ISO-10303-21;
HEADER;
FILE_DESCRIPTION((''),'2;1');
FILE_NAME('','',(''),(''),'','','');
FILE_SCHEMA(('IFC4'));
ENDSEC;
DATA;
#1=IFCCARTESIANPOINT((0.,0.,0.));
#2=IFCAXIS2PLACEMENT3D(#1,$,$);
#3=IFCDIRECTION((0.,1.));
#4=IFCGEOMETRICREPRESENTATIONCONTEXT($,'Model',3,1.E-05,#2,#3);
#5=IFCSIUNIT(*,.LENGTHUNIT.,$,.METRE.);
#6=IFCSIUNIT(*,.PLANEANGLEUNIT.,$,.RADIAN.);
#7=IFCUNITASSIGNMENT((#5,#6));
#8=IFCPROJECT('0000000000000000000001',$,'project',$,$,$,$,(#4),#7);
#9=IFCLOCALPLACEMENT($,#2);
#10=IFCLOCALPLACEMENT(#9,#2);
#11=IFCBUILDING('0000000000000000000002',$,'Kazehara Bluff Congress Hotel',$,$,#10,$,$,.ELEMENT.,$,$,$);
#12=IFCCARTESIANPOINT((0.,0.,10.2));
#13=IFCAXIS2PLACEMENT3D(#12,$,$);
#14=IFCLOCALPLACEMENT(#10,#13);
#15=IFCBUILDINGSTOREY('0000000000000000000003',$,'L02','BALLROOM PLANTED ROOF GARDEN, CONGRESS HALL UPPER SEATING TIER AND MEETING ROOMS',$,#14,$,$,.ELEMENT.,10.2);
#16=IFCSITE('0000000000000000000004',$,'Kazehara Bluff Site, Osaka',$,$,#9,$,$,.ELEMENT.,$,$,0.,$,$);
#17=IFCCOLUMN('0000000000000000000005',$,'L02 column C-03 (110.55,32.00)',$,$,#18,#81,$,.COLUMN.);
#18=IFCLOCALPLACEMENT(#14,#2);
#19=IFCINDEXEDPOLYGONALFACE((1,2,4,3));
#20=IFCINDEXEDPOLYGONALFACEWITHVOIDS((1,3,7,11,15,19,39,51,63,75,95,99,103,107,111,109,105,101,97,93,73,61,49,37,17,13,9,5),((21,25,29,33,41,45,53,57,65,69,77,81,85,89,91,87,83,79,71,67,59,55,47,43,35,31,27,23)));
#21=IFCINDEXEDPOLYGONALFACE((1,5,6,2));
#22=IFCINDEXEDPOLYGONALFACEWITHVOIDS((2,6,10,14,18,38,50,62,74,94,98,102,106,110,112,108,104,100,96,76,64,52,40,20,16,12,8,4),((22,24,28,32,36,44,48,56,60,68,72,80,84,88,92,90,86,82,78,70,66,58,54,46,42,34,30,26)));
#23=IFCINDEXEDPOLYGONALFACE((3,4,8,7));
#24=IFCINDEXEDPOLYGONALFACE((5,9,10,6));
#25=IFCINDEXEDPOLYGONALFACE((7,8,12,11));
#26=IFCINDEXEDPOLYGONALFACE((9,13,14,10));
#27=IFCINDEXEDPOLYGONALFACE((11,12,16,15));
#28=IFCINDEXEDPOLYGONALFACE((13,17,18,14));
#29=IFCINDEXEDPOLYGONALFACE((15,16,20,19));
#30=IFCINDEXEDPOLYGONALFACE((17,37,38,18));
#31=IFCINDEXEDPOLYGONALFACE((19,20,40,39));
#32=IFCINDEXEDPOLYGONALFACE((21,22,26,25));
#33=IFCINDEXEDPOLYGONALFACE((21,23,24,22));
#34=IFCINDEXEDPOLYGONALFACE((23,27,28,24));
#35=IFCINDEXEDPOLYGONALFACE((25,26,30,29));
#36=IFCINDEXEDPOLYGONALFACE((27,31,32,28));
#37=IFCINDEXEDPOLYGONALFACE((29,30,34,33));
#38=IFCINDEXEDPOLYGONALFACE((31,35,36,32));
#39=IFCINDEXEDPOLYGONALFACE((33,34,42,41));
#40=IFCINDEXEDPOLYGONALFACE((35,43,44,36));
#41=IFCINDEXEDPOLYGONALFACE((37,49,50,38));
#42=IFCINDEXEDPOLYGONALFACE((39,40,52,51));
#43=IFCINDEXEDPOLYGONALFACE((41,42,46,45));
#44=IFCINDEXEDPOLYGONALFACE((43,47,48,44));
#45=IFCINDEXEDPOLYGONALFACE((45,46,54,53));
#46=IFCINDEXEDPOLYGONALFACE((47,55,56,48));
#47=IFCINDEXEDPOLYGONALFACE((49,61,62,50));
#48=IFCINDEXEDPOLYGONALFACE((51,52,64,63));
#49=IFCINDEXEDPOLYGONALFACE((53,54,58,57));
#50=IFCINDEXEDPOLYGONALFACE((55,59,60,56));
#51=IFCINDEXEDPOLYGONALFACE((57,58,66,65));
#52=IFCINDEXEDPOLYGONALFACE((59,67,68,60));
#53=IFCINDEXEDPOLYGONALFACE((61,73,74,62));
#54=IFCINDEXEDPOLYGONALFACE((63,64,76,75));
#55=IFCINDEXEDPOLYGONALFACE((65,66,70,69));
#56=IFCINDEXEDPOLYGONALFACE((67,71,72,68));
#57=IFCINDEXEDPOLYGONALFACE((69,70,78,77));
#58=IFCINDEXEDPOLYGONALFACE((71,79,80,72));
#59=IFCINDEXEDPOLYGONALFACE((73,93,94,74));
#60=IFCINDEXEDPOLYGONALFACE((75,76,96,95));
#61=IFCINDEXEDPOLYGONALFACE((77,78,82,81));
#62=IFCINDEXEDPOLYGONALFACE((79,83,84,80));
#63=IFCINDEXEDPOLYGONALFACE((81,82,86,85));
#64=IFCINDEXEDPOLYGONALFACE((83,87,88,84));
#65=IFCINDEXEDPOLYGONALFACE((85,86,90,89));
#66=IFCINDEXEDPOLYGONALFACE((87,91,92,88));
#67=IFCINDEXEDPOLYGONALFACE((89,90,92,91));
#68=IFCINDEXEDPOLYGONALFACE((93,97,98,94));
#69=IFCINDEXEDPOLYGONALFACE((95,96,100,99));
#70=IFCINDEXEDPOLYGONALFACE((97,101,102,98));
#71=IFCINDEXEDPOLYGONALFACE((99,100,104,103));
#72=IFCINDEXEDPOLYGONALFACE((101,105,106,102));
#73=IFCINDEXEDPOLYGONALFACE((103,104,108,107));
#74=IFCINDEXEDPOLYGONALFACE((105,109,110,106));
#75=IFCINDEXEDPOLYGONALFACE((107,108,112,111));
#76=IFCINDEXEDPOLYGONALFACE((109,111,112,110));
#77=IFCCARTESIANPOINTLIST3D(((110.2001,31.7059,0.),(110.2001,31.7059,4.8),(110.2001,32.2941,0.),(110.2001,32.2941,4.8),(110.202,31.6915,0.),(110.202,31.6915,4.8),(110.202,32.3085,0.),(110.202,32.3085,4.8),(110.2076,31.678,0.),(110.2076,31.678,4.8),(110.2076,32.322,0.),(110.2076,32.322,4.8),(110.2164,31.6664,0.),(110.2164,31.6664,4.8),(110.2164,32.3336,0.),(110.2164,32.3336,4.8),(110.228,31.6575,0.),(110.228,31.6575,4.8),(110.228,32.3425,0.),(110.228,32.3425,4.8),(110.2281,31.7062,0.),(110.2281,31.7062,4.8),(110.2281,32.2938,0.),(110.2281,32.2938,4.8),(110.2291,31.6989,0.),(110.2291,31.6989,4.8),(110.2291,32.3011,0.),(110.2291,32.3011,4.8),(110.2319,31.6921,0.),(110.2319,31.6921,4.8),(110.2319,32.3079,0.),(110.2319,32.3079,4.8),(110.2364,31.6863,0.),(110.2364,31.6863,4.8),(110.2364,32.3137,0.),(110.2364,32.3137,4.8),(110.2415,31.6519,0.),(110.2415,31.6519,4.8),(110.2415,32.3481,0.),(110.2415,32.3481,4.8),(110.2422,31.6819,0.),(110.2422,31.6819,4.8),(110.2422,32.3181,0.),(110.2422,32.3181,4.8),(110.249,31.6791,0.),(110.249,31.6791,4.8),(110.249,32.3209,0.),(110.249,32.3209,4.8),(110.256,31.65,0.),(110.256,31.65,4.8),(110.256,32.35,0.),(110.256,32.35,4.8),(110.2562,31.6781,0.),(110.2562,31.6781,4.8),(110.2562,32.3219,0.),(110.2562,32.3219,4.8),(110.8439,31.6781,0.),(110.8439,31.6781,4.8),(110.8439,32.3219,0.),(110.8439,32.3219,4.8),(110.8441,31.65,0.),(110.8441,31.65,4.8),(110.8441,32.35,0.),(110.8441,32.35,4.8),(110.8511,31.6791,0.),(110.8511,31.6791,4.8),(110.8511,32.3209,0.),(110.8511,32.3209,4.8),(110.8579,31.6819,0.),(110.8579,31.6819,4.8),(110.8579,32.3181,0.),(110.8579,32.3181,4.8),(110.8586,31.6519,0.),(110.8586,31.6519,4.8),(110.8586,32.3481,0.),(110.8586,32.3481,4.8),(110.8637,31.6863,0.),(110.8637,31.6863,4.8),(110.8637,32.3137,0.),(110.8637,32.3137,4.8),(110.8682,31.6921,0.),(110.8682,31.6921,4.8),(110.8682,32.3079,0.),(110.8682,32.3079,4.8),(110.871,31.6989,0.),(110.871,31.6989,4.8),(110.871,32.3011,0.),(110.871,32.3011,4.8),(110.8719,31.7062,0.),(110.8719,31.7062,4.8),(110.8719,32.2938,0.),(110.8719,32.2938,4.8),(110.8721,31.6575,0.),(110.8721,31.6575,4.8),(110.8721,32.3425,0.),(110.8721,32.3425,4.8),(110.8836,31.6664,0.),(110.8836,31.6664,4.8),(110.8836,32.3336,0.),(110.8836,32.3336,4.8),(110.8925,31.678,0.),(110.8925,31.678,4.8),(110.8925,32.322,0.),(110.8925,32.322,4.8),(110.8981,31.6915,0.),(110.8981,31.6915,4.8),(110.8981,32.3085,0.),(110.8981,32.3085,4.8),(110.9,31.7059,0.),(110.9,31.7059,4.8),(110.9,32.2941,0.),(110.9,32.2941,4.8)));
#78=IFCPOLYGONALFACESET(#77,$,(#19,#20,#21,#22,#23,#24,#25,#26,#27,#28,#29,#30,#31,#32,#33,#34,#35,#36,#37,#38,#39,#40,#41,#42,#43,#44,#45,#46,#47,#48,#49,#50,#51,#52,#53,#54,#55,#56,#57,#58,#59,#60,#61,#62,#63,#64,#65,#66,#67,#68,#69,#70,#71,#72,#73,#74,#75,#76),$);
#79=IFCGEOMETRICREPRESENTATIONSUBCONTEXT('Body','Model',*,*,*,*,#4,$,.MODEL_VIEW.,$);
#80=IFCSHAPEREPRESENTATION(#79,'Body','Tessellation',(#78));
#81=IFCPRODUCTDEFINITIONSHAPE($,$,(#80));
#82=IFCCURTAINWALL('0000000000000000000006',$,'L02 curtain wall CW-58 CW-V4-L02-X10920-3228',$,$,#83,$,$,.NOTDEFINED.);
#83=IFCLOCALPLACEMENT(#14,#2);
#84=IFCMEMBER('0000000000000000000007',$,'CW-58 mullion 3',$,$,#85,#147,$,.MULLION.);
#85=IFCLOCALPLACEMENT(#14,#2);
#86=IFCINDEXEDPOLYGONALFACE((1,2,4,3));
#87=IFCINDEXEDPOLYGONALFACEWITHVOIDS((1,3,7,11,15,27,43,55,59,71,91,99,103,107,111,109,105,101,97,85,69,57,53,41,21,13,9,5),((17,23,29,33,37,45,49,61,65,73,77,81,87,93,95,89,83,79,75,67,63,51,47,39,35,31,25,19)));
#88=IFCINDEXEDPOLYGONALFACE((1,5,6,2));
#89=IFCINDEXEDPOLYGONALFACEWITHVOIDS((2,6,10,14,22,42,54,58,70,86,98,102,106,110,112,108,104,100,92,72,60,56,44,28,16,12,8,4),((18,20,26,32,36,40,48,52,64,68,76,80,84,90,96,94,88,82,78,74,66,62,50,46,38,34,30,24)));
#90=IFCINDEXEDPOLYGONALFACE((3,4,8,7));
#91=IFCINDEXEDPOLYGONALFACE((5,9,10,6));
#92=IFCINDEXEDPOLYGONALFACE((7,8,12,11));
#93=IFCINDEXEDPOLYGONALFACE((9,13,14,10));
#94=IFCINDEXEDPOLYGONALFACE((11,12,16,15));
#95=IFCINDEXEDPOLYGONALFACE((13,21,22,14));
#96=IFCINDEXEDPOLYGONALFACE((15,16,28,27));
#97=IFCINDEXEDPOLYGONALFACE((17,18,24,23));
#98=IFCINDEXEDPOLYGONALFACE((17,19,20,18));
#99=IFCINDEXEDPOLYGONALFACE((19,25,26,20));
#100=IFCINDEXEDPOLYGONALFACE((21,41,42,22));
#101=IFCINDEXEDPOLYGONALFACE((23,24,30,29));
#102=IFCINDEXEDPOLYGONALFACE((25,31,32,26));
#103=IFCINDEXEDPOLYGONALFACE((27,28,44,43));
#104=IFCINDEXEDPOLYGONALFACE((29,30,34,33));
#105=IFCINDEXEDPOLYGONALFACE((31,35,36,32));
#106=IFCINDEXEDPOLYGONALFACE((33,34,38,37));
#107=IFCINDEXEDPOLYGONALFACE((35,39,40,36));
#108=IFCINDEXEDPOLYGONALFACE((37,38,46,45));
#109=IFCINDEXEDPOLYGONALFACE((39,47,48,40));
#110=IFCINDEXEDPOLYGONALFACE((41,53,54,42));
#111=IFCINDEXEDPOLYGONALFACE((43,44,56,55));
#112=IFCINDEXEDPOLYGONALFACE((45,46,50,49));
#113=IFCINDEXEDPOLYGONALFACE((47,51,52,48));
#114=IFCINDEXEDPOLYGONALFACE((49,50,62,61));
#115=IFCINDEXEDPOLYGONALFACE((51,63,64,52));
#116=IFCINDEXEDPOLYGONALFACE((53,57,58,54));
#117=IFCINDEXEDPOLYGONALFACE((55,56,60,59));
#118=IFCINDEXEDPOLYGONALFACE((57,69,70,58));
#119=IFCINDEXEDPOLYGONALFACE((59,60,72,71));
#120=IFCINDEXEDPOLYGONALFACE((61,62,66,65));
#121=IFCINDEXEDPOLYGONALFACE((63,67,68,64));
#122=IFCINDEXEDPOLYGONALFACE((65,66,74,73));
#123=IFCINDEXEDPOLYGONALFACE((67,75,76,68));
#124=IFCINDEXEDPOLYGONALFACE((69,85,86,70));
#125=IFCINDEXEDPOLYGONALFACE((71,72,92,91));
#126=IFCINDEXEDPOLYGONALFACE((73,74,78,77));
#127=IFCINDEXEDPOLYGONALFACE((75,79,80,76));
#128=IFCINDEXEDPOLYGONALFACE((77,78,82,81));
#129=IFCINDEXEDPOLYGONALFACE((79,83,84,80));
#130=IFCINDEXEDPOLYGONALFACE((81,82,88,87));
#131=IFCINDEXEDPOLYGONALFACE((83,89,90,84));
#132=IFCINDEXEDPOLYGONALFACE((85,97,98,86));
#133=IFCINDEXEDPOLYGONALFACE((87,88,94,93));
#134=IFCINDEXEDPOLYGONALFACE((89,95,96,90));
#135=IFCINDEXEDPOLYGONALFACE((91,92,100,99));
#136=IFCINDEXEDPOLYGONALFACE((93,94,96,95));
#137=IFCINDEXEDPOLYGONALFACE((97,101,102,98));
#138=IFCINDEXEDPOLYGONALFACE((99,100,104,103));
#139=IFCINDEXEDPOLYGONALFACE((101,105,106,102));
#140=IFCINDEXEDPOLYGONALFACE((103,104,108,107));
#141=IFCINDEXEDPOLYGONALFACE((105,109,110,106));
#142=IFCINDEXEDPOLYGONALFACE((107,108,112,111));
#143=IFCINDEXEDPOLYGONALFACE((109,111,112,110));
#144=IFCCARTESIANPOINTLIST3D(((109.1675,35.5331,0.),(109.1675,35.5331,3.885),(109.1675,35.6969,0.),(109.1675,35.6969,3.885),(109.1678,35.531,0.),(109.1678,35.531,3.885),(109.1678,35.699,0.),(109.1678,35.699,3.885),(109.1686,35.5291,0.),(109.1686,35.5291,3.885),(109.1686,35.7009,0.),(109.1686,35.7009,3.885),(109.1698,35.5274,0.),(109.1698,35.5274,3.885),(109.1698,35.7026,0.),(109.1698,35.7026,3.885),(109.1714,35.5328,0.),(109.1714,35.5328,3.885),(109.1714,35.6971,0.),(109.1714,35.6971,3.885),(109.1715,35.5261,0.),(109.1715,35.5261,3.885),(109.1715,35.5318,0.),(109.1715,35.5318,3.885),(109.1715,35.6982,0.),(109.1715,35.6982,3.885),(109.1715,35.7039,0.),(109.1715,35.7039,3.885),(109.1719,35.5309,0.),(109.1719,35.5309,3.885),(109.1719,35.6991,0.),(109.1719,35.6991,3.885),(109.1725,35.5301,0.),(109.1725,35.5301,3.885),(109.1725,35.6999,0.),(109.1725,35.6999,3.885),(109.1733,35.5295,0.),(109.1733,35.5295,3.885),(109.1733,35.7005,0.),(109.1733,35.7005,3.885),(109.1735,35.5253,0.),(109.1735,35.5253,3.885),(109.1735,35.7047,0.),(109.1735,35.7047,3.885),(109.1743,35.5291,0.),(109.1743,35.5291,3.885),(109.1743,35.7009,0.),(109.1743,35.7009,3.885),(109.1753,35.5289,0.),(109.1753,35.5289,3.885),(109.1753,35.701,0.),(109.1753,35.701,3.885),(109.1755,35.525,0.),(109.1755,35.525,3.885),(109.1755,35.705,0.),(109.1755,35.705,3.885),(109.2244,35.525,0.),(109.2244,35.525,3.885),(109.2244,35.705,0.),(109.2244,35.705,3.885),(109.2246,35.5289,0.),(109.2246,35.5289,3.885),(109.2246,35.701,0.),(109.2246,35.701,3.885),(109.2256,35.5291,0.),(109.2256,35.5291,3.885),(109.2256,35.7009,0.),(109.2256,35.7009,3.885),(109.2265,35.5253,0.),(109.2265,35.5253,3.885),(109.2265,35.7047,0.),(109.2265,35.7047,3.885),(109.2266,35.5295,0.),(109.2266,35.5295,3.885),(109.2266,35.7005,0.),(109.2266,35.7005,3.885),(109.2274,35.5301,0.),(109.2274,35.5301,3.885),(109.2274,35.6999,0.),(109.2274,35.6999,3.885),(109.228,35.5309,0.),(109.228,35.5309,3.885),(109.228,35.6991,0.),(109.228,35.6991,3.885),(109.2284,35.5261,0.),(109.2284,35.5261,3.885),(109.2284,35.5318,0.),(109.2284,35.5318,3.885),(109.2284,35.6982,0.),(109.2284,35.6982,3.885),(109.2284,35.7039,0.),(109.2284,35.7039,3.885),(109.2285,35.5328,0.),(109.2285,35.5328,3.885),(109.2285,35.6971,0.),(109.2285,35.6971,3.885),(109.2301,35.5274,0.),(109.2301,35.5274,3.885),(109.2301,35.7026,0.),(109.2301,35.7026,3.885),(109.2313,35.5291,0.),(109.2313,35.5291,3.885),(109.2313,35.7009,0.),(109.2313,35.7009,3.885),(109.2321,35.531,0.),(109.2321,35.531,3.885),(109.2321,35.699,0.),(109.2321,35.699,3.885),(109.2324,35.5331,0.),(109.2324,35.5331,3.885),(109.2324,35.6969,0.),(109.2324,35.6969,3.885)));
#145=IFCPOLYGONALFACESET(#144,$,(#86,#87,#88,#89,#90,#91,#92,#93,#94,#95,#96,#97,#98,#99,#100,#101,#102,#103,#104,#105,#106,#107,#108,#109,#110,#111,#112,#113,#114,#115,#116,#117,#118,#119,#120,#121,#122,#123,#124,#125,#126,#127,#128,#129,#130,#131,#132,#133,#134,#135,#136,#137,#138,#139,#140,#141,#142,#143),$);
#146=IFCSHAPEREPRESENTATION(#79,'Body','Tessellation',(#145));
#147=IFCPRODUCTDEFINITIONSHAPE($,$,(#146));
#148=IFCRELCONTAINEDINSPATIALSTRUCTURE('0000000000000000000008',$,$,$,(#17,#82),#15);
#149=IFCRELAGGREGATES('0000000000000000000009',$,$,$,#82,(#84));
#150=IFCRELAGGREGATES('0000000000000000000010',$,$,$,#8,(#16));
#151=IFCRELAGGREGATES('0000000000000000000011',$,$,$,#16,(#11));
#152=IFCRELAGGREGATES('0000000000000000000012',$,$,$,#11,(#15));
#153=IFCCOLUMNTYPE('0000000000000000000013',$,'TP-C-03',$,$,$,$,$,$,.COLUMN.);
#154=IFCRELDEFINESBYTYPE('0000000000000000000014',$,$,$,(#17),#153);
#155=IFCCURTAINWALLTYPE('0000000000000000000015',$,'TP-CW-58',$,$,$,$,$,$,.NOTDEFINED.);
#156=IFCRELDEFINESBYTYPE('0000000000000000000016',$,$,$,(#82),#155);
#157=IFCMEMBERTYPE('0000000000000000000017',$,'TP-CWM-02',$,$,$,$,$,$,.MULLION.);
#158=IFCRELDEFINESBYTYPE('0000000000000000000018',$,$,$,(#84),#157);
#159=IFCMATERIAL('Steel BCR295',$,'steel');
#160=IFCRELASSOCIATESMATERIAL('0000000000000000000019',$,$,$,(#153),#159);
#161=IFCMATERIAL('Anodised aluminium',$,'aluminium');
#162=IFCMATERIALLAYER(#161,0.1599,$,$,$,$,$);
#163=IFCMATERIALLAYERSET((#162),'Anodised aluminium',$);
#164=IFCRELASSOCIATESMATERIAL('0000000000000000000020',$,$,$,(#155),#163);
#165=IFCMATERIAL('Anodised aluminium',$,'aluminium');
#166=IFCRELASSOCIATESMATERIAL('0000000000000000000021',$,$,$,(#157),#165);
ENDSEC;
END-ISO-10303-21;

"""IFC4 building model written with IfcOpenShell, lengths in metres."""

from ifc_helpers import new_model, si_unit, direction, frame, origin, origin_2d, place, context, subcontext, project, spatial, hollow_rectangle, extrude, material, layer, layer_set, material_profile, profile_set, type_object, element, aggregate, save


model = new_model("IFC4")

# Units and contexts
model_context = context("Model", 3, precision=1e-05, world=origin(), true_north=direction((0.0, 1.0)))
body_context = subcontext(model_context, "Body", "Model", "MODEL_VIEW")
ifc_project = project(units=[si_unit("LENGTHUNIT", "METRE"), si_unit("PLANEANGLEUNIT", "RADIAN")], contexts=[model_context])

# Site, building, storey
site_placement = place(None, origin())
site = spatial("IfcSite", under=ifc_project, at=site_placement, Name="Kazehara Bluff Site, Osaka", CompositionType="ELEMENT", RefElevation=0.0)
building_placement = place(site_placement, origin())
building = spatial("IfcBuilding", under=site, at=building_placement, Name="Kazehara Bluff Congress Hotel", CompositionType="ELEMENT")
storey_placement = place(building_placement, frame((0.0, 0.0, 10.2)))
storey = spatial("IfcBuildingStorey", under=building, at=storey_placement, Name="L02", Description="BALLROOM PLANTED ROOF GARDEN, CONGRESS HALL UPPER SEATING TIER AND MEETING ROOMS", CompositionType="ELEMENT", Elevation=10.2)

# Column
ifc_material_1 = material(Name="Steel BCR295", Category="steel")
ifc_material_profile_1 = material_profile(ifc_material_1, hollow_rectangle(XDim=0.7, YDim=0.7, WallThickness=0.0281, InnerFilletRadius=0.0281, OuterFilletRadius=0.0559, at=origin_2d()))
ifc_profile_set_1 = profile_set([ifc_material_profile_1], Name="Steel BCR295")
column_type = type_object("IfcColumnType", Name="TP-C-03", PredefinedType="COLUMN", material=ifc_profile_set_1)
column_placement = place(storey_placement, frame((110.55, 32.0, 0.0), z_axis=(0.0, 0.0, 1.0), x_axis=(1.0, 0.0, 0.0)))
element("IfcColumn", 1, at=column_placement, inside=storey, type_object=column_type, Name="L02 column C-03 (110.55,32.00)", PredefinedType="COLUMN", context=body_context, shape_type="SweptSolid", body=[
    extrude(hollow_rectangle(XDim=0.7, YDim=0.7, WallThickness=0.0281, InnerFilletRadius=0.0281, OuterFilletRadius=0.0559, at=origin_2d()), origin(), (0.0, 0.0, 1.0), 4.8),
])

# Curtain wall, member
ifc_material_2 = material(Name="Anodised aluminium", Category="aluminium")
ifc_layer_1 = layer(ifc_material_2, 0.1599)
ifc_layer_set_1 = layer_set([ifc_layer_1], Name="Anodised aluminium")
curtain_wall_type = type_object("IfcCurtainWallType", Name="TP-CW-58", PredefinedType="NOTDEFINED", material=ifc_layer_set_1)
curtain_wall_placement = place(storey_placement, origin())
curtain_wall = element("IfcCurtainWall", 2, at=curtain_wall_placement, inside=storey, type_object=curtain_wall_type, Name="L02 curtain wall CW-58 CW-V4-L02-X10920-3228", PredefinedType="NOTDEFINED")
ifc_material_3 = material(Name="Anodised aluminium", Category="aluminium")
ifc_material_profile_2 = material_profile(ifc_material_3, hollow_rectangle(XDim=0.0649, YDim=0.1799, WallThickness=0.0039, InnerFilletRadius=0.0039, OuterFilletRadius=0.0081, at=origin_2d()))
ifc_profile_set_2 = profile_set([ifc_material_profile_2], Name="Anodised aluminium")
member_type_1 = type_object("IfcMemberType", Name="TP-CWM-02", PredefinedType="MULLION", material=ifc_profile_set_2)
member_1_placement = place(storey_placement, frame((109.2, 35.615, 0.0), z_axis=(0.0, 0.0, 1.0), x_axis=(-1.0, 0.0, 0.0)))
member_1 = element("IfcMember", 3, at=member_1_placement, type_object=member_type_1, Name="CW-58 mullion 3", PredefinedType="MULLION", context=body_context, shape_type="SweptSolid", body=[
    extrude(hollow_rectangle(XDim=0.0649, YDim=0.1799, WallThickness=0.0039, InnerFilletRadius=0.0039, OuterFilletRadius=0.0081, at=origin_2d()), origin(), (0.0, 0.0, 1.0), 3.885),
])

aggregate(curtain_wall, [member_1])

save(model, "model.ifc")
